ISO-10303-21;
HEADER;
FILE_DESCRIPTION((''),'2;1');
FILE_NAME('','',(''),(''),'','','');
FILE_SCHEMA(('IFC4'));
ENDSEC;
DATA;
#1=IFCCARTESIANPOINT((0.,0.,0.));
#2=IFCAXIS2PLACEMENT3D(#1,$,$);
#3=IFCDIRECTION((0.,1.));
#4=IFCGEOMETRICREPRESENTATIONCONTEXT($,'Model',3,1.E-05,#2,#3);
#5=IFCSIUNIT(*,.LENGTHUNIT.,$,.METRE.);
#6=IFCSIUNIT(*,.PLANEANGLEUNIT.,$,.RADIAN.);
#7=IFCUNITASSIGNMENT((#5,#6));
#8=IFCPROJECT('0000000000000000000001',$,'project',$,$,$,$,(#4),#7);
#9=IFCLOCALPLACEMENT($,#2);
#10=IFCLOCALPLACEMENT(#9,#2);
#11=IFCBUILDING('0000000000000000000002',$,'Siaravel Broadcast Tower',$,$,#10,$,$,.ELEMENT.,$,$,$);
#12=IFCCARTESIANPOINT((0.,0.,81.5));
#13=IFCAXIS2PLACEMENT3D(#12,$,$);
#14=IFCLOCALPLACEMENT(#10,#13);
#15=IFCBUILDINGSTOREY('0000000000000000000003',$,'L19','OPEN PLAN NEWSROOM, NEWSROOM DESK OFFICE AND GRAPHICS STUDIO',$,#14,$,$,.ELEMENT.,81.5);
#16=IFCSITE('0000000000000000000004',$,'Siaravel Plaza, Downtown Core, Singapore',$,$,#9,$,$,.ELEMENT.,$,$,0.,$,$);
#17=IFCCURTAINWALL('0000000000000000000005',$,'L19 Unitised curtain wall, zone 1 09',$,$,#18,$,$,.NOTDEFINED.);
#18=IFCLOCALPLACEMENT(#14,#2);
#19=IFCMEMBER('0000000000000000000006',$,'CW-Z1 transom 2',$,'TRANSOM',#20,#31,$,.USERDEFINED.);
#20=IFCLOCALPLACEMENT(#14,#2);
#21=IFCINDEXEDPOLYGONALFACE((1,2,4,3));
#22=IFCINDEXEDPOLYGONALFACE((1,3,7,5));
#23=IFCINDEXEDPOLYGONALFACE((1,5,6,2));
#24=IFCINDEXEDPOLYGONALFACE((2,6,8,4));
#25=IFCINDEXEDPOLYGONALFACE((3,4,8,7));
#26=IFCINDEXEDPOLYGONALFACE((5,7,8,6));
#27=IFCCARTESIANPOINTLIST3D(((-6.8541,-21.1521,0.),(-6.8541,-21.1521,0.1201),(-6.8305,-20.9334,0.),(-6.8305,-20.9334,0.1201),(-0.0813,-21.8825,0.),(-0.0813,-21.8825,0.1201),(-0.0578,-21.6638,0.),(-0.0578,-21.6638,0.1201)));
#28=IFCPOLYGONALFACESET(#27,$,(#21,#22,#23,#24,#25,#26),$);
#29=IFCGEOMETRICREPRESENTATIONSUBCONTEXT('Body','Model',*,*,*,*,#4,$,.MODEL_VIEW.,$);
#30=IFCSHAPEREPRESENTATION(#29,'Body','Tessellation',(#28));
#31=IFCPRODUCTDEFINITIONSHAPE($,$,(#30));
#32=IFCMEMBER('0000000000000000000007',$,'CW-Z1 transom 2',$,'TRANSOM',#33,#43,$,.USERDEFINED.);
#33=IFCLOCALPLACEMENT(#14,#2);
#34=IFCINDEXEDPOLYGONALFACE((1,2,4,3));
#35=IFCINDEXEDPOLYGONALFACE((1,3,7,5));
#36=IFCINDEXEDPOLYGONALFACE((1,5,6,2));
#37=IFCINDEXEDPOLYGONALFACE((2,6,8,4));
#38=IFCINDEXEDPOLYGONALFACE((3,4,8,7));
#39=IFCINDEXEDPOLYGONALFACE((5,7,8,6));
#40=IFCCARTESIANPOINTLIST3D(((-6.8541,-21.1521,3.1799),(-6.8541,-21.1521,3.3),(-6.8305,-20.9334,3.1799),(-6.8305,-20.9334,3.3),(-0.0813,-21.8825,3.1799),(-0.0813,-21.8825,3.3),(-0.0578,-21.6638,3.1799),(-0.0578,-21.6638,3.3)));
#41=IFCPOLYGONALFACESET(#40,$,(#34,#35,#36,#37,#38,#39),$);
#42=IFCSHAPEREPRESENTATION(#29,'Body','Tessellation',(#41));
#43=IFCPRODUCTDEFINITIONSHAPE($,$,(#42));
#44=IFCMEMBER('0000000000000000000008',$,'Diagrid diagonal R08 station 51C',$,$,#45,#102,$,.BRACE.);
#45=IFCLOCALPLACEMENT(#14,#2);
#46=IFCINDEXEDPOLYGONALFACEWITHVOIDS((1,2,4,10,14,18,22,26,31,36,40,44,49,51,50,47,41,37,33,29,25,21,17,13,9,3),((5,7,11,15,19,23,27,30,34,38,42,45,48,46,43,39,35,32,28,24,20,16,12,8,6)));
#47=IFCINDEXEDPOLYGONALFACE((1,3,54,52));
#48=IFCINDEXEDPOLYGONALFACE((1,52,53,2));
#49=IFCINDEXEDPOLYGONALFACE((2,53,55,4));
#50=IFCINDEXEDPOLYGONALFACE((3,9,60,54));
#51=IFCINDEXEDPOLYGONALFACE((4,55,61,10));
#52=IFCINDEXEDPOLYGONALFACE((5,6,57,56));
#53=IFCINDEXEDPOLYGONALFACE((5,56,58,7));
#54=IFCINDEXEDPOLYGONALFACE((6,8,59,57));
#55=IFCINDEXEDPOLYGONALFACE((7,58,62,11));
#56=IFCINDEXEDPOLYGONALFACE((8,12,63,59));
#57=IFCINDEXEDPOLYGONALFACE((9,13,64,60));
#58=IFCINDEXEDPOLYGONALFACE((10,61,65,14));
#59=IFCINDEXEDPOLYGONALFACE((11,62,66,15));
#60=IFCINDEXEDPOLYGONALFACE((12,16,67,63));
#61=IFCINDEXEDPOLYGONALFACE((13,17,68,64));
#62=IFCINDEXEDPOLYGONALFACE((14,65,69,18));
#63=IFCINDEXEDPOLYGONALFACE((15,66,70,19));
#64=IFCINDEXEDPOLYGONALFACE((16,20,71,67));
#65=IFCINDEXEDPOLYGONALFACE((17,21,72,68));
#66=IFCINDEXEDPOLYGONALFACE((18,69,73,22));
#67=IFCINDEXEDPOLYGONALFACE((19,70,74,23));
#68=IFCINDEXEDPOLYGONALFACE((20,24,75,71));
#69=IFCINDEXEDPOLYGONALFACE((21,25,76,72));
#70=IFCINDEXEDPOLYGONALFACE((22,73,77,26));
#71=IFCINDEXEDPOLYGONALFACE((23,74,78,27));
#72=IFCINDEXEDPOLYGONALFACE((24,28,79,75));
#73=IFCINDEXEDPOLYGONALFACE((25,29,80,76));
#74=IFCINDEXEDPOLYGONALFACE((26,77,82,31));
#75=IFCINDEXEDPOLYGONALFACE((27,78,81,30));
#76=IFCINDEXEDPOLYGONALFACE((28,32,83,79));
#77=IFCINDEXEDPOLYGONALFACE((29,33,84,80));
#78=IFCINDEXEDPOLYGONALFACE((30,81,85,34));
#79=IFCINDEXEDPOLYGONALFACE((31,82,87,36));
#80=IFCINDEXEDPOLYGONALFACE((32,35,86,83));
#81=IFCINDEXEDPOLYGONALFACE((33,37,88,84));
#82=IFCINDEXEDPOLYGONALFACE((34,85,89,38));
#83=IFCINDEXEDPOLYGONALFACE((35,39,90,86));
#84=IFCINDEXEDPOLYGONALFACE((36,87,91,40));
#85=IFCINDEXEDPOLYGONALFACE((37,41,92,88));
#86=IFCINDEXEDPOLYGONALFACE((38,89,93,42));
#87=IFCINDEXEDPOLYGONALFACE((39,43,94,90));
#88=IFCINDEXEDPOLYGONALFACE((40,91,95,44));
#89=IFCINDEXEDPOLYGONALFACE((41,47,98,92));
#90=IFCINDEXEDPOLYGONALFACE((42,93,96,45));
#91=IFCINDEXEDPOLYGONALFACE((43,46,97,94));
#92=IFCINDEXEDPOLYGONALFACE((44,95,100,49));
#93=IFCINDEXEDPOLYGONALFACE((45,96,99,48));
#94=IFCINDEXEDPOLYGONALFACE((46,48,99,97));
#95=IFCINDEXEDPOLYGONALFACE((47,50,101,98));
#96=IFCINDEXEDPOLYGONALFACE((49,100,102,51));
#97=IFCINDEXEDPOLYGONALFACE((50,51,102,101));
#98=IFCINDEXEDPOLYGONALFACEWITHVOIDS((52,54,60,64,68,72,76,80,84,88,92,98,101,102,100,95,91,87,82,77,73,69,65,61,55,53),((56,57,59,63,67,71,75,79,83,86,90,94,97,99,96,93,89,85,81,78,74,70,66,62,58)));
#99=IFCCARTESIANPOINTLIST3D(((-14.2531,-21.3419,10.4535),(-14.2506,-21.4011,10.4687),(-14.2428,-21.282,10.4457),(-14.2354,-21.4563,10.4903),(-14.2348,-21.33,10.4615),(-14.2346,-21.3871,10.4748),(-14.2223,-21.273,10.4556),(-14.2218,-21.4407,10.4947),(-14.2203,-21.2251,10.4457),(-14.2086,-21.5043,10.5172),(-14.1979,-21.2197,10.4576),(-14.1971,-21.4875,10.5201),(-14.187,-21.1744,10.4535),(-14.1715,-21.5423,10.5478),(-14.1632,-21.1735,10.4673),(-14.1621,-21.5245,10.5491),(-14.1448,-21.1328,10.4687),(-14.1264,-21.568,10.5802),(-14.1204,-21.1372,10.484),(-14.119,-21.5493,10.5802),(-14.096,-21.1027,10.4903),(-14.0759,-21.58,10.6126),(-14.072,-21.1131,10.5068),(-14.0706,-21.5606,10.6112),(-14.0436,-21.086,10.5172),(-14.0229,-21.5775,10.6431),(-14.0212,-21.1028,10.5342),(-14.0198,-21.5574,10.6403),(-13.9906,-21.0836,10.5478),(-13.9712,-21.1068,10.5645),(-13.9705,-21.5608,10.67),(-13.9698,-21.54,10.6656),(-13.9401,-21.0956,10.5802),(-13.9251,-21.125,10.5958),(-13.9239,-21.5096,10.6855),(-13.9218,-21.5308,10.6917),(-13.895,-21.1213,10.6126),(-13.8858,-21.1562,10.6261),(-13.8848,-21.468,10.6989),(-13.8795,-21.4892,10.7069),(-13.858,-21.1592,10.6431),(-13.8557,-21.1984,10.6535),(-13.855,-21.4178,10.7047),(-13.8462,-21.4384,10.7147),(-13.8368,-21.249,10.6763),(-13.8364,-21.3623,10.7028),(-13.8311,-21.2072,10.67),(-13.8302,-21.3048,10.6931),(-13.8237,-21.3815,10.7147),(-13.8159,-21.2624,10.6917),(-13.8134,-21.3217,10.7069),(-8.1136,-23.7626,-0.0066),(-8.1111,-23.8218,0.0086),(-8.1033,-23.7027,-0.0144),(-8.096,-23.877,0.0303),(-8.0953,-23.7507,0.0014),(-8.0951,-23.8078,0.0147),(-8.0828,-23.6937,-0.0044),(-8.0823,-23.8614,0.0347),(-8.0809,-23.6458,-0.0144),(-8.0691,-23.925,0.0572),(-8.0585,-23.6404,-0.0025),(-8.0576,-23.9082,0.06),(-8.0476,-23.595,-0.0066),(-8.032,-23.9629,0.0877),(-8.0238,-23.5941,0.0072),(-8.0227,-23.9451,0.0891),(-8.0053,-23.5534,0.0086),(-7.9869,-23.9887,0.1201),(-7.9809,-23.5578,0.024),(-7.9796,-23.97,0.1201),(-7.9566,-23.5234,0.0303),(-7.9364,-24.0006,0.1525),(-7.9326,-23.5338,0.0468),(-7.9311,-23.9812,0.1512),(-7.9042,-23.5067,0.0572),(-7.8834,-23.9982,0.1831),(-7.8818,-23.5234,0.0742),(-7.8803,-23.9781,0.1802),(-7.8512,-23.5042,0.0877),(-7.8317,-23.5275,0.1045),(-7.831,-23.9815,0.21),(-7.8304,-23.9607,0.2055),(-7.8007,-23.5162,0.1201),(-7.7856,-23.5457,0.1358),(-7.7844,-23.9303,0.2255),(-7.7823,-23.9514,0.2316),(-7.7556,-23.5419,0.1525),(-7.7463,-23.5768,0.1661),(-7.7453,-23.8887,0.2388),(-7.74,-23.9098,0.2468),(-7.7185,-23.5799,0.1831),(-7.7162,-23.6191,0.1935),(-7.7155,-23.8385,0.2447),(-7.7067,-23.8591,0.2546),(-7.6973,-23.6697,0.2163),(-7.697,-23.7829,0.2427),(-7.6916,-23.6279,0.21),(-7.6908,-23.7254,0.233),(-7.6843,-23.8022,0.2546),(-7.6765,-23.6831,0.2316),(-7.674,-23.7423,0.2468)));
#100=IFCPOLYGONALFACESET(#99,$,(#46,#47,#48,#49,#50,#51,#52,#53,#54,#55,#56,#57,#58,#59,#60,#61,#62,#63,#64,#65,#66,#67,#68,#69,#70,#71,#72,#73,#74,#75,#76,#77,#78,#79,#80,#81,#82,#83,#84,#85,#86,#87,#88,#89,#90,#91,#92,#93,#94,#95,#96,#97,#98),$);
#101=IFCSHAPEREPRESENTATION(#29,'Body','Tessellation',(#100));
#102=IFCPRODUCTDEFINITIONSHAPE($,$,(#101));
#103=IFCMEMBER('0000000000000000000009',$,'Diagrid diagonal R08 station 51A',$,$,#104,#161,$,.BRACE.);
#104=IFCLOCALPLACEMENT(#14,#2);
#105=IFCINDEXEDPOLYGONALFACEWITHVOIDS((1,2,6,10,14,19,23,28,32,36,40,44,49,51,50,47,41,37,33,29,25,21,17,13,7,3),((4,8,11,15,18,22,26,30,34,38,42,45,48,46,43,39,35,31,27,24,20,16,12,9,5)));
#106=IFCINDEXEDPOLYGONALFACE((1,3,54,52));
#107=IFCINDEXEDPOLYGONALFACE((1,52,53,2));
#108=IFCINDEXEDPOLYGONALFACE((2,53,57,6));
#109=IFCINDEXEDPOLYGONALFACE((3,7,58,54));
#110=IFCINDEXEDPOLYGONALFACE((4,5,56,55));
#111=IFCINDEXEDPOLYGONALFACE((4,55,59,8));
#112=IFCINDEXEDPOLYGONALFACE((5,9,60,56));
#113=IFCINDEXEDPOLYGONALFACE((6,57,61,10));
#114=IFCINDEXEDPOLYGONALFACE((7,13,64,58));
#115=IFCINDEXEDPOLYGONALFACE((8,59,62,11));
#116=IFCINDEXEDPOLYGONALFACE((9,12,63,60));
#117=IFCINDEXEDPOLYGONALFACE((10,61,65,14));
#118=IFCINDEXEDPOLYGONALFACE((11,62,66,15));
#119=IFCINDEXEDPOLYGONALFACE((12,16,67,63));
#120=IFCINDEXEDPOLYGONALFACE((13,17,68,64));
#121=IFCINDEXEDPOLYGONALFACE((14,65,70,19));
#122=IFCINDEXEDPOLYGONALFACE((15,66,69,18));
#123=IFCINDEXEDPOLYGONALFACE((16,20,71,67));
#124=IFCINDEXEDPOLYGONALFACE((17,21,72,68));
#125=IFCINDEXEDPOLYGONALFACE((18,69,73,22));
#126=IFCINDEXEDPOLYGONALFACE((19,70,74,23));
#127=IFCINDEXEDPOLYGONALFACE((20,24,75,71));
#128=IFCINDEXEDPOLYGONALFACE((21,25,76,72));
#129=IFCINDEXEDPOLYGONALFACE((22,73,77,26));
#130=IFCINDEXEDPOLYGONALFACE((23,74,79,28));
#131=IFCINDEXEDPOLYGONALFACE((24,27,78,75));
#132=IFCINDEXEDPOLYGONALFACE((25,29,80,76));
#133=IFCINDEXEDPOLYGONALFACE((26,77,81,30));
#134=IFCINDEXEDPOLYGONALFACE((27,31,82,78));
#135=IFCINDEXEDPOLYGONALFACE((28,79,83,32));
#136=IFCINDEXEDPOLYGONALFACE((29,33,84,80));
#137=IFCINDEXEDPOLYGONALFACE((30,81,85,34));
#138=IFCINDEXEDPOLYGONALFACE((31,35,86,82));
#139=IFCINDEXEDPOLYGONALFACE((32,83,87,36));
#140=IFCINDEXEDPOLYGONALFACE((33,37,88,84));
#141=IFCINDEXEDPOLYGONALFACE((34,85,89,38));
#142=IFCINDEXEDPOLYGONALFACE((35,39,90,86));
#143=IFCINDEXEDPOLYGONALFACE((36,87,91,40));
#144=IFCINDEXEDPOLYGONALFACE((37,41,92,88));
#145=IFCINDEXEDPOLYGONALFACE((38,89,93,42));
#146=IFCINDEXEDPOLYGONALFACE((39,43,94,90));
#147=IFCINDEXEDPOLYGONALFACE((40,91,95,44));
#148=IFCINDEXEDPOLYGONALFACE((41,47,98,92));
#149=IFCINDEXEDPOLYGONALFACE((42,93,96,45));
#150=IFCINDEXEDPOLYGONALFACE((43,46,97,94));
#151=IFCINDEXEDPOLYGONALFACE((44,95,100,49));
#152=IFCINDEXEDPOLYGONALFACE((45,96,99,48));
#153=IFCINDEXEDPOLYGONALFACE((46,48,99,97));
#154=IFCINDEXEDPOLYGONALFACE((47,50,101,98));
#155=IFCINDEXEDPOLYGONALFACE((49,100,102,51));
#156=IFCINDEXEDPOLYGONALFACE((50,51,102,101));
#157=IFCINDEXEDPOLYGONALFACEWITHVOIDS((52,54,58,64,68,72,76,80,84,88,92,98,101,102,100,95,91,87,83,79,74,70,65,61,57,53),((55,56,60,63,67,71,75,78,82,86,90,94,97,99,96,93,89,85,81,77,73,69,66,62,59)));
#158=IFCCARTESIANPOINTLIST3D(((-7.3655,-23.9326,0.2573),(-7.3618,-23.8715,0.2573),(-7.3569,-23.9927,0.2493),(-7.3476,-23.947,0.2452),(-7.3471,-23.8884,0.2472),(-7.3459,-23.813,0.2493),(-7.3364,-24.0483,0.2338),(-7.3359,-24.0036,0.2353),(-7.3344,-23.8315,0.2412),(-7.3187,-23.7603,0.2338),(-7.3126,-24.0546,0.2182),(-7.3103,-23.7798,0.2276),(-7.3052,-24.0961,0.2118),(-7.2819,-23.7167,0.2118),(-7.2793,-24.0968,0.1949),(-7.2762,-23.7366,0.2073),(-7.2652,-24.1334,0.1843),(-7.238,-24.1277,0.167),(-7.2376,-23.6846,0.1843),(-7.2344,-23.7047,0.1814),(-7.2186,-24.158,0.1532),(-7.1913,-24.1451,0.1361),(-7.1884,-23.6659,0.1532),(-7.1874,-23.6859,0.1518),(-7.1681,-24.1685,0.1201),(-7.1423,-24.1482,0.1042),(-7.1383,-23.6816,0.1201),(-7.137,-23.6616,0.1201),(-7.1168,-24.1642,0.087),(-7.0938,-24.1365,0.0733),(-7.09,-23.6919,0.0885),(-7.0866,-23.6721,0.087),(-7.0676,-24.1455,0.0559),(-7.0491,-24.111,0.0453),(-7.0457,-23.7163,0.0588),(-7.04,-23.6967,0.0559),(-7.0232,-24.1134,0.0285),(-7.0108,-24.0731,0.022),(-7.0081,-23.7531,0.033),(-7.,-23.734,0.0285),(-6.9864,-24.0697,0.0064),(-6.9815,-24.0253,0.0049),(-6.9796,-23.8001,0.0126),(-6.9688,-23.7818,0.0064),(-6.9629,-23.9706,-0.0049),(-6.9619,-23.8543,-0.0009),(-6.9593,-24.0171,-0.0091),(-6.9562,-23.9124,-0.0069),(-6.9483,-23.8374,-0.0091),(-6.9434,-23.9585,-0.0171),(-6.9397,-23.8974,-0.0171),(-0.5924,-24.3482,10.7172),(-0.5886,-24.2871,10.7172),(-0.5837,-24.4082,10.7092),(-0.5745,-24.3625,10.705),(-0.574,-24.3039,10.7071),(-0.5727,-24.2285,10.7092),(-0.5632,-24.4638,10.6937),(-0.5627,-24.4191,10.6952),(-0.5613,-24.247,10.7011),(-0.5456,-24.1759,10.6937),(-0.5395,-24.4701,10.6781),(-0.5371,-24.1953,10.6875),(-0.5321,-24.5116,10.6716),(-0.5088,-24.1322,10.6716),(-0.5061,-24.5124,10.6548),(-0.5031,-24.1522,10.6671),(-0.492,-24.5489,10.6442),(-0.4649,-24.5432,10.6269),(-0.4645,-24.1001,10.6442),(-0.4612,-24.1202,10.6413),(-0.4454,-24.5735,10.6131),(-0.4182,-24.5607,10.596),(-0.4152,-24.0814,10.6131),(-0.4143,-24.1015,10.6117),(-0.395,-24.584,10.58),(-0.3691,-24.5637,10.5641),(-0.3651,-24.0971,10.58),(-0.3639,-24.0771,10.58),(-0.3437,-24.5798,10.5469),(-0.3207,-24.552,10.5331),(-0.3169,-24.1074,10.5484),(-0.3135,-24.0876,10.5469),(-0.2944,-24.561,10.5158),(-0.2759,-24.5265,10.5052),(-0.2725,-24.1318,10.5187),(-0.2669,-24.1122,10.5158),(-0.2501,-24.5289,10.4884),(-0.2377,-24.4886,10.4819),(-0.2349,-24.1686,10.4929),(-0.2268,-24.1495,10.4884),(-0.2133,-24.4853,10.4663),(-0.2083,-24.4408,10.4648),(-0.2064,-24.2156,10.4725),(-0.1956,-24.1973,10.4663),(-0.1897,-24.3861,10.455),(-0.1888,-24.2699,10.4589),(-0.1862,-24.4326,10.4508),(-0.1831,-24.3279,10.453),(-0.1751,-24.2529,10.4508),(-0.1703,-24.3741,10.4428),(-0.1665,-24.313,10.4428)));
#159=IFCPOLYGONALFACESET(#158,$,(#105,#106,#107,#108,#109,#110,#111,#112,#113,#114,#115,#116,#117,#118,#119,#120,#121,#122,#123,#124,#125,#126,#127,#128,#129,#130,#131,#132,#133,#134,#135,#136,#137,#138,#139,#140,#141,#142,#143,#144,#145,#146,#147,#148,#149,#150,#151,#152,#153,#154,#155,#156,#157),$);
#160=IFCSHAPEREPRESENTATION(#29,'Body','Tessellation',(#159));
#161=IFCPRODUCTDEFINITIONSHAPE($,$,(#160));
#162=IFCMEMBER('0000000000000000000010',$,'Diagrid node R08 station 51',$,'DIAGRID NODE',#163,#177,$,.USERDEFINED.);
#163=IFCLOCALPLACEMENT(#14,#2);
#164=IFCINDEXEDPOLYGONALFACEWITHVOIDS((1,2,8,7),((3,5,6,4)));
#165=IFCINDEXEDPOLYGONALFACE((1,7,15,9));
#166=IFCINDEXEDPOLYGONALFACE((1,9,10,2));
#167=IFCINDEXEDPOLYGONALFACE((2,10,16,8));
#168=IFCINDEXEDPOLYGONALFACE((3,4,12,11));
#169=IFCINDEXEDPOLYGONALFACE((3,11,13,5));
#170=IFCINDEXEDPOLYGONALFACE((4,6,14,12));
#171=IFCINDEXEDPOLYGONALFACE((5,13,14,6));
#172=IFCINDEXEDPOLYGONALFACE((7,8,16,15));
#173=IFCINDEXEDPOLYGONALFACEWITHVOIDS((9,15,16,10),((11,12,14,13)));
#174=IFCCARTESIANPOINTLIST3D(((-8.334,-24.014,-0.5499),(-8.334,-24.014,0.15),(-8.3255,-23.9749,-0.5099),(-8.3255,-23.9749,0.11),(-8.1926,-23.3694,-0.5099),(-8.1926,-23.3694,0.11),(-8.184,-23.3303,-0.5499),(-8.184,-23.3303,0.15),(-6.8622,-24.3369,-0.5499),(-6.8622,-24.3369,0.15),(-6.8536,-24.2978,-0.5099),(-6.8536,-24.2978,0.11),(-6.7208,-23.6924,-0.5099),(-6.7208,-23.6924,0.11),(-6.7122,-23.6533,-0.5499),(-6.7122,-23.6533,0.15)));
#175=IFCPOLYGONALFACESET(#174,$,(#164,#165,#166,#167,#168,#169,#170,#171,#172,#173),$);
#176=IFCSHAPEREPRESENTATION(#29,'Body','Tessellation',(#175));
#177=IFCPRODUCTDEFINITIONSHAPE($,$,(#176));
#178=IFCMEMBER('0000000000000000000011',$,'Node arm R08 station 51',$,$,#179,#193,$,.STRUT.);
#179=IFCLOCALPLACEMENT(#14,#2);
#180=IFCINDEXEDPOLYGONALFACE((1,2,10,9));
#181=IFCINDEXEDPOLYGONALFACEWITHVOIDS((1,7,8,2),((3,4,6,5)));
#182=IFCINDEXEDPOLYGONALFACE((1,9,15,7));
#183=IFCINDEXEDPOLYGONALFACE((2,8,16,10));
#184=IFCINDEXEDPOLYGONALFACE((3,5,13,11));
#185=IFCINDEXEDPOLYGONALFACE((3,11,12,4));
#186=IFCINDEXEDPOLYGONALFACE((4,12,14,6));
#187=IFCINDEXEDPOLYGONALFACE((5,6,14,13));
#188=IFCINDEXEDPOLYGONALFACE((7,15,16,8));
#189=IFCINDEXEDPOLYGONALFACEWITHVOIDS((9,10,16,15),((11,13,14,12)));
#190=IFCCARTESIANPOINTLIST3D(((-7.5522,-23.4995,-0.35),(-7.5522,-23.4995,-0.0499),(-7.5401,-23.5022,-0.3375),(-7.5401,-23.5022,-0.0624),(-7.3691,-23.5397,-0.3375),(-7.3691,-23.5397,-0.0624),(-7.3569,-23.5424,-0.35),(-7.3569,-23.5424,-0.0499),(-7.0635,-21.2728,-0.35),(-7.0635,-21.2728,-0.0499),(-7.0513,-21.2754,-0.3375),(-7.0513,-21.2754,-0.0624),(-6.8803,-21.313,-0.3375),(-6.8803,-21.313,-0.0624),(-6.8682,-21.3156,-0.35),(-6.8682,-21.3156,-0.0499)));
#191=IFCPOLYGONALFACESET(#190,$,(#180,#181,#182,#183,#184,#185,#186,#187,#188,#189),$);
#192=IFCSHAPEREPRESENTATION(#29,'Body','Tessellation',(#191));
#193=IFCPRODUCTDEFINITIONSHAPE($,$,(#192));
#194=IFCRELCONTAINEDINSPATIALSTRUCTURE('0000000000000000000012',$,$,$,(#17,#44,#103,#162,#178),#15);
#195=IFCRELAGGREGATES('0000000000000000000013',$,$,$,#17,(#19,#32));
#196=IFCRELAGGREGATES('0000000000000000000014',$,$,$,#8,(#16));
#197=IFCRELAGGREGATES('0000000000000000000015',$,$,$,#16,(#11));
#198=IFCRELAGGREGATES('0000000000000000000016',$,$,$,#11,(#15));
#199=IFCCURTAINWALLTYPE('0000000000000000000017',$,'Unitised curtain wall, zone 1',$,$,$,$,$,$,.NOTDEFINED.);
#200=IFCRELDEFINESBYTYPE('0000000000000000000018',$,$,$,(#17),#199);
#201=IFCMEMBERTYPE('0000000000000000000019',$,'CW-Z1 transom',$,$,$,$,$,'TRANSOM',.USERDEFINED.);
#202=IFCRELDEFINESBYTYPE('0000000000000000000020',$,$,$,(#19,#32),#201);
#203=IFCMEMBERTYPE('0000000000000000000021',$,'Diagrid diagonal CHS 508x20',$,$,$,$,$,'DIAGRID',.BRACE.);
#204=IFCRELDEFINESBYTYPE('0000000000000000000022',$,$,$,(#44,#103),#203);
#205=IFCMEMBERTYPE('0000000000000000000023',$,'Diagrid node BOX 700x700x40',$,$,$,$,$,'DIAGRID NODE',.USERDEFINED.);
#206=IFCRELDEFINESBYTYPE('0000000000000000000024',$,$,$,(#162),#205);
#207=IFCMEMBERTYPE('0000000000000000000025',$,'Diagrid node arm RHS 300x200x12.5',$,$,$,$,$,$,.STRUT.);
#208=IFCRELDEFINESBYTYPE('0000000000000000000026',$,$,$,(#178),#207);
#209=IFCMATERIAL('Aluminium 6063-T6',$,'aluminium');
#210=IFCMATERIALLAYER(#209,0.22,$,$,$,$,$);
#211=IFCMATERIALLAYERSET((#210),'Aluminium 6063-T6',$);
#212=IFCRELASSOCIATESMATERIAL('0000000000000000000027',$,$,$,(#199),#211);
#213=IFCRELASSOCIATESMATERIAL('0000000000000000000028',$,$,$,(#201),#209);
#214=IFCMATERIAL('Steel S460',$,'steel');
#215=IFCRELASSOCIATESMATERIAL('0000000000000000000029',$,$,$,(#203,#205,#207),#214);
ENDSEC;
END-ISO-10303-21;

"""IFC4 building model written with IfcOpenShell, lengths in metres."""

from ifc_helpers import new_model, si_unit, direction, frame, origin, origin_2d, place, context, subcontext, project, spatial, rectangle, hollow_rectangle, hollow_circle, extrude, material, layer, layer_set, material_profile, profile_set, type_object, element, aggregate, save


model = new_model("IFC4")

# Units and contexts
model_context = context("Model", 3, precision=1e-05, world=origin(), true_north=direction((0.0, 1.0)))
body_context = subcontext(model_context, "Body", "Model", "MODEL_VIEW")
ifc_project = project(units=[si_unit("LENGTHUNIT", "METRE"), si_unit("PLANEANGLEUNIT", "RADIAN")], contexts=[model_context])

# Site, building, storey
site_placement = place(None, origin())
site = spatial("IfcSite", under=ifc_project, at=site_placement, Name="Siaravel Plaza, Downtown Core, Singapore", CompositionType="ELEMENT", RefElevation=0.0)
building_placement = place(site_placement, origin())
building = spatial("IfcBuilding", under=site, at=building_placement, Name="Siaravel Broadcast Tower", CompositionType="ELEMENT")
storey_placement = place(building_placement, frame((0.0, 0.0, 81.5)))
storey = spatial("IfcBuildingStorey", under=building, at=storey_placement, Name="L19", Description="OPEN PLAN NEWSROOM, NEWSROOM DESK OFFICE AND GRAPHICS STUDIO", CompositionType="ELEMENT", Elevation=81.5)

# Curtain wall, members
ifc_material_1 = material(Name="Aluminium 6063-T6", Category="aluminium")
ifc_layer_1 = layer(ifc_material_1, 0.22)
ifc_layer_set_1 = layer_set([ifc_layer_1], Name="Aluminium 6063-T6")
curtain_wall_type = type_object("IfcCurtainWallType", Name="Unitised curtain wall, zone 1", PredefinedType="NOTDEFINED", material=ifc_layer_set_1)
curtain_wall_placement = place(storey_placement, origin())
curtain_wall = element("IfcCurtainWall", 1, at=curtain_wall_placement, inside=storey, type_object=curtain_wall_type, Name="L19 Unitised curtain wall, zone 1 09", PredefinedType="NOTDEFINED")
ifc_material_profile_1 = material_profile(ifc_material_1, rectangle(XDim=0.22, YDim=0.1201, at=origin_2d()))
ifc_profile_set_1 = profile_set([ifc_material_profile_1], Name="Aluminium 6063-T6")
member_type_1 = type_object("IfcMemberType", Name="CW-Z1 transom", ElementType="TRANSOM", PredefinedType="USERDEFINED", material=ifc_profile_set_1)
member_1_placement = place(storey_placement, frame((-6.8423, -21.0427, 0.0601), z_axis=(0.994234, -0.107233, 0.0), x_axis=(0.107233, 0.994234, 0.0)))
member_1 = element("IfcMember", 2, at=member_1_placement, type_object=member_type_1, Name="CW-Z1 transom 2", ObjectType="TRANSOM", PredefinedType="USERDEFINED", context=body_context, shape_type="SweptSolid", body=[
    extrude(rectangle(XDim=0.22, YDim=0.1201, at=origin_2d()), origin(), (0.0, 0.0, 1.0), 6.812),
])
member_2_placement = place(storey_placement, frame((-6.8423, -21.0427, 3.24), z_axis=(0.994234, -0.107233, 0.0), x_axis=(0.107233, 0.994234, 0.0)))
member_2 = element("IfcMember", 3, at=member_2_placement, type_object=member_type_1, Name="CW-Z1 transom 2", ObjectType="TRANSOM", PredefinedType="USERDEFINED", context=body_context, shape_type="SweptSolid", body=[
    extrude(rectangle(XDim=0.22, YDim=0.1201, at=origin_2d()), origin(), (0.0, 0.0, 1.0), 6.812),
])

# Members
ifc_material_2 = material(Name="Steel S460", Category="steel")
ifc_material_profile_2 = material_profile(ifc_material_2, hollow_circle(Radius=0.2539, WallThickness=0.02, at=origin_2d()))
ifc_profile_set_2 = profile_set([ifc_material_profile_2], Name="Steel S460")
member_type_2 = type_object("IfcMemberType", Name="Diagrid diagonal CHS 508x20", ElementType="DIAGRID", PredefinedType="BRACE", material=ifc_profile_set_2)
member_3_placement = place(storey_placement, frame((-7.8938, -23.7524, 0.1201), z_axis=(-0.496402, 0.195722, 0.845741), x_axis=(-0.3668, -0.9303, 0.0)))
element("IfcMember", 4, at=member_3_placement, inside=storey, type_object=member_type_2, Name="Diagrid diagonal R08 station 51C", PredefinedType="BRACE", context=body_context, shape_type="SweptSolid", body=[
    extrude(hollow_circle(Radius=0.2539, WallThickness=0.02, at=origin_2d()), origin(), (0.0, 0.0, 1.0), 12.3679),
])
member_4_placement = place(storey_placement, frame((-7.1526, -23.915, 0.1201), z_axis=(0.543231, -0.033327, 0.838921), x_axis=(0.061234, 0.998123, 0.0)))
element("IfcMember", 5, at=member_4_placement, inside=storey, type_object=member_type_2, Name="Diagrid diagonal R08 station 51A", PredefinedType="BRACE", context=body_context, shape_type="SweptSolid", body=[
    extrude(hollow_circle(Radius=0.2539, WallThickness=0.02, at=origin_2d()), origin(), (0.0, 0.0, 1.0), 12.4683),
])
ifc_material_profile_3 = material_profile(ifc_material_2, hollow_rectangle(XDim=0.7, YDim=0.7, WallThickness=0.04, at=origin_2d()))
ifc_profile_set_3 = profile_set([ifc_material_profile_3], Name="Steel S460")
member_type_3 = type_object("IfcMemberType", Name="Diagrid node BOX 700x700x40", ElementType="DIAGRID NODE", PredefinedType="USERDEFINED", material=ifc_profile_set_3)
member_5_placement = place(storey_placement, frame((-8.259, -23.6721, -0.2), z_axis=(0.976759, -0.214339, 0.0), x_axis=(0.214339, 0.976759, 0.0)))
element("IfcMember", 6, at=member_5_placement, inside=storey, type_object=member_type_3, Name="Diagrid node R08 station 51", ObjectType="DIAGRID NODE", PredefinedType="USERDEFINED", context=body_context, shape_type="SweptSolid", body=[
    extrude(hollow_rectangle(XDim=0.7, YDim=0.7, WallThickness=0.04, at=origin_2d()), origin(), (0.0, 0.0, 1.0), 1.5068),
])
ifc_material_profile_4 = material_profile(ifc_material_2, hollow_rectangle(XDim=0.2, YDim=0.3, WallThickness=0.0125, at=origin_2d()))
ifc_profile_set_4 = profile_set([ifc_material_profile_4], Name="Steel S460")
member_type_4 = type_object("IfcMemberType", Name="Diagrid node arm RHS 300x200x12.5", PredefinedType="STRUT", material=ifc_profile_set_4)
member_6_placement = place(storey_placement, frame((-6.9658, -21.2942, -0.2), z_axis=(-0.21439, -0.976748, 0.0), x_axis=(0.976748, -0.21439, 0.0)))
element("IfcMember", 7, at=member_6_placement, inside=storey, type_object=member_type_4, Name="Node arm R08 station 51", PredefinedType="STRUT", context=body_context, shape_type="SweptSolid", body=[
    extrude(hollow_rectangle(XDim=0.2, YDim=0.3, WallThickness=0.0125, at=origin_2d()), origin(), (0.0, 0.0, 1.0), 2.2798),
])

aggregate(curtain_wall, [member_1, member_2])

save(model, "model.ifc")
